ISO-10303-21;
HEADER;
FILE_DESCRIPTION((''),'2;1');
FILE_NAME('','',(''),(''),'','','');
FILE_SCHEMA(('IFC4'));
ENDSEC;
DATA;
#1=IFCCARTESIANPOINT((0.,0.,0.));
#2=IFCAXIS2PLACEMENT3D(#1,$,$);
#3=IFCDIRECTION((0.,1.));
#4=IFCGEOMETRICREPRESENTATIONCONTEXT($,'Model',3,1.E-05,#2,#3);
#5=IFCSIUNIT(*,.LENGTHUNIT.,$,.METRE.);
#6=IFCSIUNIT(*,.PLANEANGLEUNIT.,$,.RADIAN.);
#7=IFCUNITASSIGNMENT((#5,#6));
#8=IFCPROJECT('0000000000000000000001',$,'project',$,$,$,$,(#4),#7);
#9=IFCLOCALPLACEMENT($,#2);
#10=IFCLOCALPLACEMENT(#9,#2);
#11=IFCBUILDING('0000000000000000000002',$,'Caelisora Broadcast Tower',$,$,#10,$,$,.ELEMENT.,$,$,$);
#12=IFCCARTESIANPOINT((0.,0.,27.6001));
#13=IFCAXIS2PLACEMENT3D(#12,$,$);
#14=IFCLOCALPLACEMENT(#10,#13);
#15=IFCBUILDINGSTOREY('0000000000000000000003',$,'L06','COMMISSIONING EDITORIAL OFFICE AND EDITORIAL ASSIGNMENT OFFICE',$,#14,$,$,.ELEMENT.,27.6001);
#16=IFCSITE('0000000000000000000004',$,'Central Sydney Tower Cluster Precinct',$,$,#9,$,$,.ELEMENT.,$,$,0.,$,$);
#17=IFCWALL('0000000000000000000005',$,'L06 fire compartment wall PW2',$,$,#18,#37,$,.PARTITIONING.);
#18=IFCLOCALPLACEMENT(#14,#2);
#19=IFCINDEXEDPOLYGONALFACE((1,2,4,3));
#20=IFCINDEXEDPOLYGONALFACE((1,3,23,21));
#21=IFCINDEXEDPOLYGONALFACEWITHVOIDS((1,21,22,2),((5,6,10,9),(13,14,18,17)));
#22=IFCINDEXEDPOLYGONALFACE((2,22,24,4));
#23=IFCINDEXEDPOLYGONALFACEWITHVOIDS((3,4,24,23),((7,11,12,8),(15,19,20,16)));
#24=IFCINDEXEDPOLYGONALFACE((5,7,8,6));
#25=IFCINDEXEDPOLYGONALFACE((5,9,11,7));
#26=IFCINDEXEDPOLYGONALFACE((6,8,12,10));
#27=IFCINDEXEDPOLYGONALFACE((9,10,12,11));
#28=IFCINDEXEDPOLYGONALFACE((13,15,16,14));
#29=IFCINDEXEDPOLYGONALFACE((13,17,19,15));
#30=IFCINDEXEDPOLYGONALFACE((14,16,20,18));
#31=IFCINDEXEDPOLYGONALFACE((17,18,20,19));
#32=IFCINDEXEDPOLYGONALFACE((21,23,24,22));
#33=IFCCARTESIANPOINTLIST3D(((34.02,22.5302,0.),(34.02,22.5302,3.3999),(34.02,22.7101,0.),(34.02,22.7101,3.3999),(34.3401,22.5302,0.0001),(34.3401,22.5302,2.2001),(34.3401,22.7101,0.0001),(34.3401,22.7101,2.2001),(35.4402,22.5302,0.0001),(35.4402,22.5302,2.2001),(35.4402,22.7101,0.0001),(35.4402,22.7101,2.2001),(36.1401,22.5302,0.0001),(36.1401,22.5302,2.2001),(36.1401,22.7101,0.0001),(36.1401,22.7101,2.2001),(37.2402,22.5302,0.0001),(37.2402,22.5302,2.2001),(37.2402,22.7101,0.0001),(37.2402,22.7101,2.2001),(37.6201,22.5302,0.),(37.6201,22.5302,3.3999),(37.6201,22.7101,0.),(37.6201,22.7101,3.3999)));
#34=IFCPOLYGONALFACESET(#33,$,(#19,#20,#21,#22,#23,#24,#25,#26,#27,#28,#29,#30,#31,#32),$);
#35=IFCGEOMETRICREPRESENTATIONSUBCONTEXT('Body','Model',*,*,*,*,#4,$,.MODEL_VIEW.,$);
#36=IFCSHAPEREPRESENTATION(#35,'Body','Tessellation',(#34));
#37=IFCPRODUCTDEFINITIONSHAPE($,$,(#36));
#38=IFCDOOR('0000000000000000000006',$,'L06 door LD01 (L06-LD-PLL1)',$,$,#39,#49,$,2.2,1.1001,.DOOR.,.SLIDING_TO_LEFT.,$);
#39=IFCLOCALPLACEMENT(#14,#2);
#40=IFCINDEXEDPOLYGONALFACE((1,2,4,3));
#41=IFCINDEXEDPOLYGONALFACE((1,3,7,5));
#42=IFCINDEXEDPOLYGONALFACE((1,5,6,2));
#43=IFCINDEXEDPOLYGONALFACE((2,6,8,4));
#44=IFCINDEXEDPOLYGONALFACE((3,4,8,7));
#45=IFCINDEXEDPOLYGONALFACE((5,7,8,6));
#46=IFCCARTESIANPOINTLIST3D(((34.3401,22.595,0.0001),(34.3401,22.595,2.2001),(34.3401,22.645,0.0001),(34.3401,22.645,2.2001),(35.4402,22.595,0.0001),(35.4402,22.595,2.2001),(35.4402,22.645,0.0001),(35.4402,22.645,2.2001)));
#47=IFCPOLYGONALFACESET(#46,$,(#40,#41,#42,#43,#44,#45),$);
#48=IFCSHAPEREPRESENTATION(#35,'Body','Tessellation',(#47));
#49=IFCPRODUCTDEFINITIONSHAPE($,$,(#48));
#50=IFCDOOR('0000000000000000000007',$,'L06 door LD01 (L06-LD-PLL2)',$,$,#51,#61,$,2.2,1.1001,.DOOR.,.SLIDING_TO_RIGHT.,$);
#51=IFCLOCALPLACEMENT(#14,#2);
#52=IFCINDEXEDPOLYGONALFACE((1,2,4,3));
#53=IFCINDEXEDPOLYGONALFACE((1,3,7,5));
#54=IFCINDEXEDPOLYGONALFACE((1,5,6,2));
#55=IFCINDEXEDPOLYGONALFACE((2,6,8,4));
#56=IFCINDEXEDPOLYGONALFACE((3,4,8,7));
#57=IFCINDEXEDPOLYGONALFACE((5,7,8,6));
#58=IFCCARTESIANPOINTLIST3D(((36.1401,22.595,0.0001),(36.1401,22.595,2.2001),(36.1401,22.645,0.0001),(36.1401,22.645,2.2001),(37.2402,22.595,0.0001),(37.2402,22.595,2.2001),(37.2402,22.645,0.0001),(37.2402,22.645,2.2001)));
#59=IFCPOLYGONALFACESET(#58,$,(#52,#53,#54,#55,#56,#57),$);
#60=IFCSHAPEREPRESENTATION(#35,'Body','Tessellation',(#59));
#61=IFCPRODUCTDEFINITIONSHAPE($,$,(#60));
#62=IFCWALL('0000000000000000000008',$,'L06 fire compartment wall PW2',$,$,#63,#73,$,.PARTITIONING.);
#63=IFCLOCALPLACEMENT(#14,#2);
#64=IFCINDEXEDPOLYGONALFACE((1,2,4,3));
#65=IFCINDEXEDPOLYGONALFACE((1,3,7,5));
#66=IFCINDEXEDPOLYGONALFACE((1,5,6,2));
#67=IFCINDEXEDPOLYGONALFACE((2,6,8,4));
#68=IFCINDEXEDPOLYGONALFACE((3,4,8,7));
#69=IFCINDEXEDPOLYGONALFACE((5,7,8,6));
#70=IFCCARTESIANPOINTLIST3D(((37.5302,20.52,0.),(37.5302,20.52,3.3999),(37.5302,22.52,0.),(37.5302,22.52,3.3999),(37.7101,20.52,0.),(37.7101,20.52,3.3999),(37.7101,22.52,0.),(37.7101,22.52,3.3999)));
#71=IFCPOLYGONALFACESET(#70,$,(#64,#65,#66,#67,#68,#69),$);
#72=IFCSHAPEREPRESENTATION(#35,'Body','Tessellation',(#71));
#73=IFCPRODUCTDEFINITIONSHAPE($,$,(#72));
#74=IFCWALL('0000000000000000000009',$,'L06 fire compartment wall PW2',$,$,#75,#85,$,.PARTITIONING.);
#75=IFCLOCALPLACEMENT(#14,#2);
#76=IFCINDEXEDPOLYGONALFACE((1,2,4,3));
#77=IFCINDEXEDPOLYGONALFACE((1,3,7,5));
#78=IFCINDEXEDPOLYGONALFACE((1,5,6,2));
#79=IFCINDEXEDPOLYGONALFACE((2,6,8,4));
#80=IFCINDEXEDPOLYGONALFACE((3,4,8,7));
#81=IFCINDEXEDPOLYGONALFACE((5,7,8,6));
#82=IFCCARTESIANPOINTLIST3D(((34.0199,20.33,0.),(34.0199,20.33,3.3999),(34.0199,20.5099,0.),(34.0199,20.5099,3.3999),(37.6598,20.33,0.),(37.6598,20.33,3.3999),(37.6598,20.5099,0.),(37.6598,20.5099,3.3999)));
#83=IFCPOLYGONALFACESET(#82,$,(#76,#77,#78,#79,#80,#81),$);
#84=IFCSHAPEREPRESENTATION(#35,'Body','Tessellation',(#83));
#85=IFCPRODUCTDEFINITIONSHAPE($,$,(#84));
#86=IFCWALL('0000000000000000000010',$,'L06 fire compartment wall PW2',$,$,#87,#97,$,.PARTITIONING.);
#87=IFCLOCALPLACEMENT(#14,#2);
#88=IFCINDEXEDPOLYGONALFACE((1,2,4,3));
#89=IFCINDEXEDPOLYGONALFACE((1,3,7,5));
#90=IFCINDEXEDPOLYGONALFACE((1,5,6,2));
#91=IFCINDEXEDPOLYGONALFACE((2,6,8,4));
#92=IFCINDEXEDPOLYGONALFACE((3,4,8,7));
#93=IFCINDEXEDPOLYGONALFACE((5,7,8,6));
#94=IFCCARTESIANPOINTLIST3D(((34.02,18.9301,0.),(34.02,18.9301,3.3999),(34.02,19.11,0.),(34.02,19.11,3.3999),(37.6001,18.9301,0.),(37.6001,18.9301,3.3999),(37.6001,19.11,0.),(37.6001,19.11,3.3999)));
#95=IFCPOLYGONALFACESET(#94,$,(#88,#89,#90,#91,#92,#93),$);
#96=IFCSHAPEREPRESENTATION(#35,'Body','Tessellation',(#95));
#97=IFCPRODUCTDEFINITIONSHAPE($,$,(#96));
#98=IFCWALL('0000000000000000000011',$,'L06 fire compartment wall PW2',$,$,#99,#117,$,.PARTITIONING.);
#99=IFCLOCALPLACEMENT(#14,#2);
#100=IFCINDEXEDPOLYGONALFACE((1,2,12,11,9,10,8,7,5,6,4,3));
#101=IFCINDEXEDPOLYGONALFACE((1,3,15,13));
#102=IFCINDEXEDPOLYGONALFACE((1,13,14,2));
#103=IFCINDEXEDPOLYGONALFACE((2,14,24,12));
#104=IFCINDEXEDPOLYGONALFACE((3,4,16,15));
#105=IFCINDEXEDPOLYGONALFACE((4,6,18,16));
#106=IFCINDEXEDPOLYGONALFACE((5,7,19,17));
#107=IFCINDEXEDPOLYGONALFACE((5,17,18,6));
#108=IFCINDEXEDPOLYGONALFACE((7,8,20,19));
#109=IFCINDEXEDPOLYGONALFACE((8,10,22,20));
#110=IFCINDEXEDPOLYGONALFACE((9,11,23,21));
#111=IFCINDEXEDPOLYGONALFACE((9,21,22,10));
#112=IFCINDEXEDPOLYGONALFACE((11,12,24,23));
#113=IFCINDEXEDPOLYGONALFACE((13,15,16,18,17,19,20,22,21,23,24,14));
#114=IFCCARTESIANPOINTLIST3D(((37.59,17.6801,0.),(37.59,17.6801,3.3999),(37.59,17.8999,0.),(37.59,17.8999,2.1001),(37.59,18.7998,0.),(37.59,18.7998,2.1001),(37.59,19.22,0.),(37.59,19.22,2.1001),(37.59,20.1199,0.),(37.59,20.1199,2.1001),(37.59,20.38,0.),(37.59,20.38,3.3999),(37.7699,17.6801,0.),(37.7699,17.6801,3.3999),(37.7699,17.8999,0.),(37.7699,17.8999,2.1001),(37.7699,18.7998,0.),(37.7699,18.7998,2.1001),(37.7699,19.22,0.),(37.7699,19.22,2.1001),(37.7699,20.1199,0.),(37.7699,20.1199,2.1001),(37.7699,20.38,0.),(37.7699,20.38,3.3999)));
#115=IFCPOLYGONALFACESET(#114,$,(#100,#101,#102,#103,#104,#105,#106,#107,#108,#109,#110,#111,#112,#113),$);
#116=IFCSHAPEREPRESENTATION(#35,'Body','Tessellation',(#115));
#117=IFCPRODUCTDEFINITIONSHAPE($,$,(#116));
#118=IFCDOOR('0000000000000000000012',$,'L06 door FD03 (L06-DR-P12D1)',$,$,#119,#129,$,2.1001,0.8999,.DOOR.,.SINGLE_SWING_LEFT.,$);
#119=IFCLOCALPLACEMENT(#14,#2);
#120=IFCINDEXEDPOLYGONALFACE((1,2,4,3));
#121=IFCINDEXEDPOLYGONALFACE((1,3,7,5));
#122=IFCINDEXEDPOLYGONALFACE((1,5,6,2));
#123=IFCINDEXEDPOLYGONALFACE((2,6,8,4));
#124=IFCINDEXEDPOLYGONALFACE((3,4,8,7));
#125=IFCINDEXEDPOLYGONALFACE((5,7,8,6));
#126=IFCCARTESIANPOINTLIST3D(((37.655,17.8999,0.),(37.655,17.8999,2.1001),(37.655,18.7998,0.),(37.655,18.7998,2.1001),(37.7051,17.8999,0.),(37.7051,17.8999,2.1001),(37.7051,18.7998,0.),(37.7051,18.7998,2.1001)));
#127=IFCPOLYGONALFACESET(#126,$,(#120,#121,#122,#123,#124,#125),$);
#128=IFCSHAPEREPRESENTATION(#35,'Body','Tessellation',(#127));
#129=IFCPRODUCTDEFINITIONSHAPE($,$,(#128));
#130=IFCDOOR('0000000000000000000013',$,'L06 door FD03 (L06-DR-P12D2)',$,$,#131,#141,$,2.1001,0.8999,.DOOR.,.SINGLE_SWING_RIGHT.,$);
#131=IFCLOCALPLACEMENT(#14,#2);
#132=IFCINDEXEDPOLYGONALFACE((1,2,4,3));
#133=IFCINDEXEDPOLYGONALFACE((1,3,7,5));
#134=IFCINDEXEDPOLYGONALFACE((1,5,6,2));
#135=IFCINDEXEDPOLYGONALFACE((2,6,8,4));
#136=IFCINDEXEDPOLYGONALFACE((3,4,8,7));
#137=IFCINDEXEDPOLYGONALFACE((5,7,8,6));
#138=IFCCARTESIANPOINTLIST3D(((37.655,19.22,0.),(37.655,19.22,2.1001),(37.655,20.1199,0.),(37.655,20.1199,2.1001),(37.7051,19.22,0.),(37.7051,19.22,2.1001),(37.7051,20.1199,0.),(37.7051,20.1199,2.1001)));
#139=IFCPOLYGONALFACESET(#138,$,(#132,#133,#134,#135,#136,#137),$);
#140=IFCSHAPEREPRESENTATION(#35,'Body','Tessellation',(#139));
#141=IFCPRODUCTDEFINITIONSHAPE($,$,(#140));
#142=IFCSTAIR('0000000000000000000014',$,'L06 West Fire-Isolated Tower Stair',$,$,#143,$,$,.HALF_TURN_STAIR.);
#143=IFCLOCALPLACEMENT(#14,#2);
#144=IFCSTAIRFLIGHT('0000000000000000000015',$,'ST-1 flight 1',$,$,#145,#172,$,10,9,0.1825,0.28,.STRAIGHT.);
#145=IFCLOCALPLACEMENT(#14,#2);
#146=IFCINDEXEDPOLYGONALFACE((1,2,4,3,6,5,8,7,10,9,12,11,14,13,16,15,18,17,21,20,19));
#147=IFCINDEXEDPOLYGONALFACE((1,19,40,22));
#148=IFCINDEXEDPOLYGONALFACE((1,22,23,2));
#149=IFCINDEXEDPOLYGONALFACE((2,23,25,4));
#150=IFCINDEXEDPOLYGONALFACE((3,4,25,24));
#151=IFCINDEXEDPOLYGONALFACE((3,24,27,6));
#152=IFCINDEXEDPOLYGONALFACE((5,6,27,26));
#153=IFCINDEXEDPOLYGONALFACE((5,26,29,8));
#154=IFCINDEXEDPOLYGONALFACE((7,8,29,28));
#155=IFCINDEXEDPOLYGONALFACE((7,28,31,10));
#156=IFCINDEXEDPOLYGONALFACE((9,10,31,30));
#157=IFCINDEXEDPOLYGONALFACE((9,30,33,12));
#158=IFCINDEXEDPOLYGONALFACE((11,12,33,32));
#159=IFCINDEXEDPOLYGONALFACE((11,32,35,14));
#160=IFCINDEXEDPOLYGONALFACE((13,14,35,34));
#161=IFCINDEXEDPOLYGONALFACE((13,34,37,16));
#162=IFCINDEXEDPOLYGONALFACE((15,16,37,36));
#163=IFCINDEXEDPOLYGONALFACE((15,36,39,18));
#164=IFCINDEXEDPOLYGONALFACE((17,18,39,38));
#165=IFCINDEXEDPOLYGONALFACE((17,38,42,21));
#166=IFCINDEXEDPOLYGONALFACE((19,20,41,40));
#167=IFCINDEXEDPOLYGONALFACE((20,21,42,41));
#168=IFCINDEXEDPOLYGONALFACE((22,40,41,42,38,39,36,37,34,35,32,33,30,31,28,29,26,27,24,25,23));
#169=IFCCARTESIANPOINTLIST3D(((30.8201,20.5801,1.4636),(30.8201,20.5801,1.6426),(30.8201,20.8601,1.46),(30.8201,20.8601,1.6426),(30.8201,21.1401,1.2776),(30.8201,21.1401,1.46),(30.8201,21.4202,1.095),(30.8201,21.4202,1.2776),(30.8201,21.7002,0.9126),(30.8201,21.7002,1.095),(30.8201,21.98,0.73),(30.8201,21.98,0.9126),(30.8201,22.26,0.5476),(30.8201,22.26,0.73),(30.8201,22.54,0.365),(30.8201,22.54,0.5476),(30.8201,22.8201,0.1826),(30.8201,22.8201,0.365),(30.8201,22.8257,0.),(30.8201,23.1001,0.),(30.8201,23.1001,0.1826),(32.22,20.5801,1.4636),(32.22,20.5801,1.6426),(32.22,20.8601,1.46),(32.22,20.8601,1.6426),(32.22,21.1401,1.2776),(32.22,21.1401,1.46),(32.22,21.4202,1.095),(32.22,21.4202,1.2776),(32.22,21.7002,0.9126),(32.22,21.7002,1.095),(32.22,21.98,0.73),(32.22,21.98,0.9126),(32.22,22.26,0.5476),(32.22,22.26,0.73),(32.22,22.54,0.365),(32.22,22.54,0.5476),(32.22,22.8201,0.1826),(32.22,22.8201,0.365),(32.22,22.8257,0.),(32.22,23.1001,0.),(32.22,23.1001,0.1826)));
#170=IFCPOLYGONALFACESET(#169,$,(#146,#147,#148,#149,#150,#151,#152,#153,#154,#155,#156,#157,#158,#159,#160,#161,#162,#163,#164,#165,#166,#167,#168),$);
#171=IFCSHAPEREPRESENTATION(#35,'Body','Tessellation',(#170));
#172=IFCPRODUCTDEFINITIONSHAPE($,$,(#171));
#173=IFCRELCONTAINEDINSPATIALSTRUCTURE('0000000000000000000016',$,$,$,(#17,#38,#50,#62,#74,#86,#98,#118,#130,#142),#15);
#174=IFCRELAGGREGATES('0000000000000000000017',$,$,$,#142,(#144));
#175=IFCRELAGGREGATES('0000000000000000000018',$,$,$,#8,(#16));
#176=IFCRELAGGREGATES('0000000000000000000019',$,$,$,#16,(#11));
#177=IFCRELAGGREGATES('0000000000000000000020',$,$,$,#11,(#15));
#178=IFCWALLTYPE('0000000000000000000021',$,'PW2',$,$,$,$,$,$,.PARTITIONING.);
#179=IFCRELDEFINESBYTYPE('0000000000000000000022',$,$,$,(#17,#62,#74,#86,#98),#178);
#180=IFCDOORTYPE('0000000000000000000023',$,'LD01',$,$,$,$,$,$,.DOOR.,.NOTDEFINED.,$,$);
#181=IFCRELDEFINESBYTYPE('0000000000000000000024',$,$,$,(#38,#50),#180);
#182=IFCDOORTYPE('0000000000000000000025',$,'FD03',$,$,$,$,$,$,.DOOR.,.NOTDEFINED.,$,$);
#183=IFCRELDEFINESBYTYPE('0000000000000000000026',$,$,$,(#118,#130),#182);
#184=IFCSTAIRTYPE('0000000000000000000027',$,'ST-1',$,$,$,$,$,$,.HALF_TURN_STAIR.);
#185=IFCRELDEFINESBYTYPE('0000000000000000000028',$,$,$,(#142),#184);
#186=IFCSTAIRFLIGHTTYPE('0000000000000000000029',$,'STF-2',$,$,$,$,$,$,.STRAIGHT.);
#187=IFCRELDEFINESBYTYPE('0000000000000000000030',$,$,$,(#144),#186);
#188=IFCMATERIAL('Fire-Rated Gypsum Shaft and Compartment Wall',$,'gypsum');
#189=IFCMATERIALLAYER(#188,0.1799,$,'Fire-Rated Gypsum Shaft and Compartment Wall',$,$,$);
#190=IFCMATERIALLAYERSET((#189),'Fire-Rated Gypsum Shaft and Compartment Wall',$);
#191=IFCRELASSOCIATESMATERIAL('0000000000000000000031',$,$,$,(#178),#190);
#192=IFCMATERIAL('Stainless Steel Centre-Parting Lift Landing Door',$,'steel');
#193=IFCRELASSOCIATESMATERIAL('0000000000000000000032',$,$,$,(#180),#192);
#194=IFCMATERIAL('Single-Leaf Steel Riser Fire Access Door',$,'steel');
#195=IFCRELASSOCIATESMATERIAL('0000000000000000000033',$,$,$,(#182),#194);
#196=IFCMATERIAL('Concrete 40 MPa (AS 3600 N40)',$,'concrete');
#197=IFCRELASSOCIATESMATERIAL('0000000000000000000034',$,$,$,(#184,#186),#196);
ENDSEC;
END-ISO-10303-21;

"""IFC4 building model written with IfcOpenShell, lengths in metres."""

from ifc_helpers import new_model, si_unit, direction, frame, frame_2d, origin, place, context, subcontext, project, spatial, polyline, rectangle, outline, extrude, material, layer, layer_set, type_object, element, fill, aggregate, save


model = new_model("IFC4")

# Units and contexts
model_context = context("Model", 3, precision=1e-05, world=origin(), true_north=direction((0.0, 1.0)))
body_context = subcontext(model_context, "Body", "Model", "MODEL_VIEW")
ifc_project = project(units=[si_unit("LENGTHUNIT", "METRE"), si_unit("PLANEANGLEUNIT", "RADIAN")], contexts=[model_context])

# Site, building, storey
site_placement = place(None, origin())
site = spatial("IfcSite", under=ifc_project, at=site_placement, Name="Central Sydney Tower Cluster Precinct", CompositionType="ELEMENT", RefElevation=0.0)
building_placement = place(site_placement, origin())
building = spatial("IfcBuilding", under=site, at=building_placement, Name="Caelisora Broadcast Tower", CompositionType="ELEMENT")
storey_placement = place(building_placement, frame((0.0, 0.0, 27.6001)))
storey = spatial("IfcBuildingStorey", under=building, at=storey_placement, Name="L06", Description="COMMISSIONING EDITORIAL OFFICE AND EDITORIAL ASSIGNMENT OFFICE", CompositionType="ELEMENT", Elevation=27.6001)

# Wall, openings, doors
ifc_material_1 = material(Name="Fire-Rated Gypsum Shaft and Compartment Wall", Category="gypsum")
ifc_layer_1 = layer(ifc_material_1, 0.1799, Name="Fire-Rated Gypsum Shaft and Compartment Wall")
ifc_layer_set_1 = layer_set([ifc_layer_1], Name="Fire-Rated Gypsum Shaft and Compartment Wall")
wall_type_1 = type_object("IfcWallType", Name="PW2", PredefinedType="PARTITIONING", material=ifc_layer_set_1)
wall_1_placement = place(storey_placement, frame((34.02, 22.6201, 0.0), z_axis=(0.0, 0.0, 1.0), x_axis=(1.0, 0.0, 0.0)))
wall_1 = element("IfcWall", 1, at=wall_1_placement, inside=storey, type_object=wall_type_1, Name="L06 fire compartment wall PW2", PredefinedType="PARTITIONING", context=body_context, shape_type="SweptSolid", body=[
    extrude(rectangle(XDim=3.6001, YDim=0.1799, at=frame_2d((1.8, 0.0))), origin(), (0.0, 0.0, 1.0), 3.3999),
])
opening_1_placement = place(wall_1_placement, frame((0.3201, 0.0, 0.0)))
opening_1 = element("IfcOpeningElement", 2, at=opening_1_placement, cuts=wall_1, PredefinedType="OPENING", context=body_context, shape_type="SweptSolid", body=[
    extrude(rectangle(XDim=1.1001, YDim=2.2, at=frame_2d((0.55, 1.1001))), frame((0.0, 0.1021, 0.0), z_axis=(0.0, -1.0, 0.0), x_axis=(1.0, 0.0, 0.0)), (0.0, 0.0, 1.0), 0.2039),
])
opening_2_placement = place(wall_1_placement, frame((2.1201, 0.0, 0.0)))
opening_2 = element("IfcOpeningElement", 3, at=opening_2_placement, cuts=wall_1, PredefinedType="OPENING", context=body_context, shape_type="SweptSolid", body=[
    extrude(rectangle(XDim=1.1001, YDim=2.2, at=frame_2d((0.55, 1.1001))), frame((0.0, 0.1021, 0.0), z_axis=(0.0, -1.0, 0.0), x_axis=(1.0, 0.0, 0.0)), (0.0, 0.0, 1.0), 0.2039),
])
ifc_material_2 = material(Name="Stainless Steel Centre-Parting Lift Landing Door", Category="steel")
door_type_1 = type_object("IfcDoorType", Name="LD01", OperationType="NOTDEFINED", PredefinedType="DOOR", material=ifc_material_2)
door_1_placement = place(opening_1_placement, origin())
door_1 = element("IfcDoor", 4, at=door_1_placement, inside=storey, type_object=door_type_1, Name="L06 door LD01 (L06-LD-PLL1)", OperationType="SLIDING_TO_LEFT", OverallHeight=2.2, OverallWidth=1.1001, PredefinedType="DOOR", context=body_context, shape_type="SweptSolid", body=[
    extrude(rectangle(XDim=1.1001, YDim=2.2, at=frame_2d((0.55, 1.1001))), frame((0.0, 0.0249, 0.0), z_axis=(0.0, -1.0, 0.0), x_axis=(1.0, 0.0, 0.0)), (0.0, 0.0, 1.0), 0.05),
])
fill(opening_1, door_1)
door_2_placement = place(opening_2_placement, origin())
door_2 = element("IfcDoor", 5, at=door_2_placement, inside=storey, type_object=door_type_1, Name="L06 door LD01 (L06-LD-PLL2)", OperationType="SLIDING_TO_RIGHT", OverallHeight=2.2, OverallWidth=1.1001, PredefinedType="DOOR", context=body_context, shape_type="SweptSolid", body=[
    extrude(rectangle(XDim=1.1001, YDim=2.2, at=frame_2d((0.55, 1.1001))), frame((0.0, 0.0249, 0.0), z_axis=(0.0, -1.0, 0.0), x_axis=(1.0, 0.0, 0.0)), (0.0, 0.0, 1.0), 0.05),
])
fill(opening_2, door_2)

# Walls
wall_2_placement = place(storey_placement, frame((37.6201, 20.52, 0.0), z_axis=(0.0, 0.0, 1.0), x_axis=(0.0, 1.0, 0.0)))
element("IfcWall", 6, at=wall_2_placement, inside=storey, type_object=wall_type_1, Name="L06 fire compartment wall PW2", PredefinedType="PARTITIONING", context=body_context, shape_type="SweptSolid", body=[
    extrude(rectangle(XDim=2.0, YDim=0.1799, at=frame_2d((1.0, 0.0))), origin(), (0.0, 0.0, 1.0), 3.3999),
])
wall_3_placement = place(storey_placement, frame((34.02, 20.4199, 0.0), z_axis=(0.0, 0.0, 1.0), x_axis=(1.0, 0.0, 0.0)))
element("IfcWall", 7, at=wall_3_placement, inside=storey, type_object=wall_type_1, Name="L06 fire compartment wall PW2", PredefinedType="PARTITIONING", context=body_context, shape_type="SweptSolid", body=[
    extrude(rectangle(XDim=3.6399, YDim=0.1799, at=frame_2d((1.8198, 0.0))), origin(), (0.0, 0.0, 1.0), 3.3999),
])
wall_4_placement = place(storey_placement, frame((34.02, 19.02, 0.0), z_axis=(0.0, 0.0, 1.0), x_axis=(1.0, 0.0, 0.0)))
element("IfcWall", 8, at=wall_4_placement, inside=storey, type_object=wall_type_1, Name="L06 fire compartment wall PW2", PredefinedType="PARTITIONING", context=body_context, shape_type="SweptSolid", body=[
    extrude(rectangle(XDim=3.5801, YDim=0.1799, at=frame_2d((1.79, 0.0))), origin(), (0.0, 0.0, 1.0), 3.3999),
])

# Wall, openings, doors
wall_5_placement = place(storey_placement, frame((37.6799, 17.6799, 0.0), z_axis=(0.0, 0.0, 1.0), x_axis=(0.0, 1.0, 0.0)))
wall_5 = element("IfcWall", 9, at=wall_5_placement, inside=storey, type_object=wall_type_1, Name="L06 fire compartment wall PW2", PredefinedType="PARTITIONING", context=body_context, shape_type="SweptSolid", body=[
    extrude(rectangle(XDim=2.7, YDim=0.1799, at=frame_2d((1.3501, 0.0))), origin(), (0.0, 0.0, 1.0), 3.3999),
])
opening_3_placement = place(wall_5_placement, frame((0.22, 0.0, 0.0)))
opening_3 = element("IfcOpeningElement", 10, at=opening_3_placement, cuts=wall_5, PredefinedType="OPENING", context=body_context, shape_type="SweptSolid", body=[
    extrude(rectangle(XDim=0.8999, YDim=2.1001, at=frame_2d((0.45, 1.05))), frame((0.0, 0.1021, 0.0), z_axis=(0.0, -1.0, 0.0), x_axis=(1.0, 0.0, 0.0)), (0.0, 0.0, 1.0), 0.2039),
])
opening_4_placement = place(wall_5_placement, frame((1.54, 0.0, 0.0)))
opening_4 = element("IfcOpeningElement", 11, at=opening_4_placement, cuts=wall_5, PredefinedType="OPENING", context=body_context, shape_type="SweptSolid", body=[
    extrude(rectangle(XDim=0.8999, YDim=2.1001, at=frame_2d((0.45, 1.05))), frame((0.0, 0.1021, 0.0), z_axis=(0.0, -1.0, 0.0), x_axis=(1.0, 0.0, 0.0)), (0.0, 0.0, 1.0), 0.2039),
])
ifc_material_3 = material(Name="Single-Leaf Steel Riser Fire Access Door", Category="steel")
door_type_2 = type_object("IfcDoorType", Name="FD03", OperationType="NOTDEFINED", PredefinedType="DOOR", material=ifc_material_3)
door_3_placement = place(opening_3_placement, origin())
door_3 = element("IfcDoor", 12, at=door_3_placement, inside=storey, type_object=door_type_2, Name="L06 door FD03 (L06-DR-P12D1)", OperationType="SINGLE_SWING_LEFT", OverallHeight=2.1001, OverallWidth=0.8999, PredefinedType="DOOR", context=body_context, shape_type="SweptSolid", body=[
    extrude(rectangle(XDim=0.8999, YDim=2.1001, at=frame_2d((0.45, 1.05))), frame((0.0, 0.0249, 0.0), z_axis=(0.0, -1.0, 0.0), x_axis=(1.0, 0.0, 0.0)), (0.0, 0.0, 1.0), 0.05),
])
fill(opening_3, door_3)
door_4_placement = place(opening_4_placement, origin())
door_4 = element("IfcDoor", 13, at=door_4_placement, inside=storey, type_object=door_type_2, Name="L06 door FD03 (L06-DR-P12D2)", OperationType="SINGLE_SWING_RIGHT", OverallHeight=2.1001, OverallWidth=0.8999, PredefinedType="DOOR", context=body_context, shape_type="SweptSolid", body=[
    extrude(rectangle(XDim=0.8999, YDim=2.1001, at=frame_2d((0.45, 1.05))), frame((0.0, 0.0249, 0.0), z_axis=(0.0, -1.0, 0.0), x_axis=(1.0, 0.0, 0.0)), (0.0, 0.0, 1.0), 0.05),
])
fill(opening_4, door_4)

# Stair, stair flight
ifc_material_4 = material(Name="Concrete 40 MPa (AS 3600 N40)", Category="concrete")
stair_type = type_object("IfcStairType", Name="ST-1", PredefinedType="HALF_TURN_STAIR", material=ifc_material_4)
stair_placement = place(storey_placement, origin())
stair = element("IfcStair", 14, at=stair_placement, inside=storey, type_object=stair_type, Name="L06 West Fire-Isolated Tower Stair", PredefinedType="HALF_TURN_STAIR")
stair_flight_type = type_object("IfcStairFlightType", Name="STF-2", PredefinedType="STRAIGHT", material=ifc_material_4)
stair_flight_1_placement = place(storey_placement, frame((31.52, 23.1001, 0.0), z_axis=(0.0, 0.0, 1.0), x_axis=(0.0, -1.0, 0.0)))
stair_flight_1 = element("IfcStairFlight", 15, at=stair_flight_1_placement, type_object=stair_flight_type, Name="ST-1 flight 1", NumberOfRisers=10, NumberOfTreads=9, PredefinedType="STRAIGHT", RiserHeight=0.1825, TreadLength=0.28, context=body_context, shape_type="SweptSolid", body=[
    extrude(outline(polyline([(0.0, 0.0), (0.0, 0.1826), (0.28, 0.1826), (0.28, 0.365), (0.5601, 0.365), (0.5601, 0.5476), (0.8401, 0.5476), (0.8401, 0.73), (1.1201, 0.73), (1.1201, 0.9126), (1.3999, 0.9126), (1.3999, 1.095), (1.6799, 1.095), (1.6799, 1.2776), (1.96, 1.2776), (1.96, 1.46), (2.24, 1.46), (2.24, 1.6426), (2.52, 1.6426), (2.52, 1.825), (2.52, 1.4636), (0.2744, 0.0), (0.0, 0.0)])), frame((0.0, 0.7, 0.0), z_axis=(0.0, -1.0, 0.0), x_axis=(1.0, 0.0, 0.0)), (0.0, 0.0, 1.0), 1.3999),
])
aggregate(stair, [stair_flight_1])

save(model, "model.ifc")
